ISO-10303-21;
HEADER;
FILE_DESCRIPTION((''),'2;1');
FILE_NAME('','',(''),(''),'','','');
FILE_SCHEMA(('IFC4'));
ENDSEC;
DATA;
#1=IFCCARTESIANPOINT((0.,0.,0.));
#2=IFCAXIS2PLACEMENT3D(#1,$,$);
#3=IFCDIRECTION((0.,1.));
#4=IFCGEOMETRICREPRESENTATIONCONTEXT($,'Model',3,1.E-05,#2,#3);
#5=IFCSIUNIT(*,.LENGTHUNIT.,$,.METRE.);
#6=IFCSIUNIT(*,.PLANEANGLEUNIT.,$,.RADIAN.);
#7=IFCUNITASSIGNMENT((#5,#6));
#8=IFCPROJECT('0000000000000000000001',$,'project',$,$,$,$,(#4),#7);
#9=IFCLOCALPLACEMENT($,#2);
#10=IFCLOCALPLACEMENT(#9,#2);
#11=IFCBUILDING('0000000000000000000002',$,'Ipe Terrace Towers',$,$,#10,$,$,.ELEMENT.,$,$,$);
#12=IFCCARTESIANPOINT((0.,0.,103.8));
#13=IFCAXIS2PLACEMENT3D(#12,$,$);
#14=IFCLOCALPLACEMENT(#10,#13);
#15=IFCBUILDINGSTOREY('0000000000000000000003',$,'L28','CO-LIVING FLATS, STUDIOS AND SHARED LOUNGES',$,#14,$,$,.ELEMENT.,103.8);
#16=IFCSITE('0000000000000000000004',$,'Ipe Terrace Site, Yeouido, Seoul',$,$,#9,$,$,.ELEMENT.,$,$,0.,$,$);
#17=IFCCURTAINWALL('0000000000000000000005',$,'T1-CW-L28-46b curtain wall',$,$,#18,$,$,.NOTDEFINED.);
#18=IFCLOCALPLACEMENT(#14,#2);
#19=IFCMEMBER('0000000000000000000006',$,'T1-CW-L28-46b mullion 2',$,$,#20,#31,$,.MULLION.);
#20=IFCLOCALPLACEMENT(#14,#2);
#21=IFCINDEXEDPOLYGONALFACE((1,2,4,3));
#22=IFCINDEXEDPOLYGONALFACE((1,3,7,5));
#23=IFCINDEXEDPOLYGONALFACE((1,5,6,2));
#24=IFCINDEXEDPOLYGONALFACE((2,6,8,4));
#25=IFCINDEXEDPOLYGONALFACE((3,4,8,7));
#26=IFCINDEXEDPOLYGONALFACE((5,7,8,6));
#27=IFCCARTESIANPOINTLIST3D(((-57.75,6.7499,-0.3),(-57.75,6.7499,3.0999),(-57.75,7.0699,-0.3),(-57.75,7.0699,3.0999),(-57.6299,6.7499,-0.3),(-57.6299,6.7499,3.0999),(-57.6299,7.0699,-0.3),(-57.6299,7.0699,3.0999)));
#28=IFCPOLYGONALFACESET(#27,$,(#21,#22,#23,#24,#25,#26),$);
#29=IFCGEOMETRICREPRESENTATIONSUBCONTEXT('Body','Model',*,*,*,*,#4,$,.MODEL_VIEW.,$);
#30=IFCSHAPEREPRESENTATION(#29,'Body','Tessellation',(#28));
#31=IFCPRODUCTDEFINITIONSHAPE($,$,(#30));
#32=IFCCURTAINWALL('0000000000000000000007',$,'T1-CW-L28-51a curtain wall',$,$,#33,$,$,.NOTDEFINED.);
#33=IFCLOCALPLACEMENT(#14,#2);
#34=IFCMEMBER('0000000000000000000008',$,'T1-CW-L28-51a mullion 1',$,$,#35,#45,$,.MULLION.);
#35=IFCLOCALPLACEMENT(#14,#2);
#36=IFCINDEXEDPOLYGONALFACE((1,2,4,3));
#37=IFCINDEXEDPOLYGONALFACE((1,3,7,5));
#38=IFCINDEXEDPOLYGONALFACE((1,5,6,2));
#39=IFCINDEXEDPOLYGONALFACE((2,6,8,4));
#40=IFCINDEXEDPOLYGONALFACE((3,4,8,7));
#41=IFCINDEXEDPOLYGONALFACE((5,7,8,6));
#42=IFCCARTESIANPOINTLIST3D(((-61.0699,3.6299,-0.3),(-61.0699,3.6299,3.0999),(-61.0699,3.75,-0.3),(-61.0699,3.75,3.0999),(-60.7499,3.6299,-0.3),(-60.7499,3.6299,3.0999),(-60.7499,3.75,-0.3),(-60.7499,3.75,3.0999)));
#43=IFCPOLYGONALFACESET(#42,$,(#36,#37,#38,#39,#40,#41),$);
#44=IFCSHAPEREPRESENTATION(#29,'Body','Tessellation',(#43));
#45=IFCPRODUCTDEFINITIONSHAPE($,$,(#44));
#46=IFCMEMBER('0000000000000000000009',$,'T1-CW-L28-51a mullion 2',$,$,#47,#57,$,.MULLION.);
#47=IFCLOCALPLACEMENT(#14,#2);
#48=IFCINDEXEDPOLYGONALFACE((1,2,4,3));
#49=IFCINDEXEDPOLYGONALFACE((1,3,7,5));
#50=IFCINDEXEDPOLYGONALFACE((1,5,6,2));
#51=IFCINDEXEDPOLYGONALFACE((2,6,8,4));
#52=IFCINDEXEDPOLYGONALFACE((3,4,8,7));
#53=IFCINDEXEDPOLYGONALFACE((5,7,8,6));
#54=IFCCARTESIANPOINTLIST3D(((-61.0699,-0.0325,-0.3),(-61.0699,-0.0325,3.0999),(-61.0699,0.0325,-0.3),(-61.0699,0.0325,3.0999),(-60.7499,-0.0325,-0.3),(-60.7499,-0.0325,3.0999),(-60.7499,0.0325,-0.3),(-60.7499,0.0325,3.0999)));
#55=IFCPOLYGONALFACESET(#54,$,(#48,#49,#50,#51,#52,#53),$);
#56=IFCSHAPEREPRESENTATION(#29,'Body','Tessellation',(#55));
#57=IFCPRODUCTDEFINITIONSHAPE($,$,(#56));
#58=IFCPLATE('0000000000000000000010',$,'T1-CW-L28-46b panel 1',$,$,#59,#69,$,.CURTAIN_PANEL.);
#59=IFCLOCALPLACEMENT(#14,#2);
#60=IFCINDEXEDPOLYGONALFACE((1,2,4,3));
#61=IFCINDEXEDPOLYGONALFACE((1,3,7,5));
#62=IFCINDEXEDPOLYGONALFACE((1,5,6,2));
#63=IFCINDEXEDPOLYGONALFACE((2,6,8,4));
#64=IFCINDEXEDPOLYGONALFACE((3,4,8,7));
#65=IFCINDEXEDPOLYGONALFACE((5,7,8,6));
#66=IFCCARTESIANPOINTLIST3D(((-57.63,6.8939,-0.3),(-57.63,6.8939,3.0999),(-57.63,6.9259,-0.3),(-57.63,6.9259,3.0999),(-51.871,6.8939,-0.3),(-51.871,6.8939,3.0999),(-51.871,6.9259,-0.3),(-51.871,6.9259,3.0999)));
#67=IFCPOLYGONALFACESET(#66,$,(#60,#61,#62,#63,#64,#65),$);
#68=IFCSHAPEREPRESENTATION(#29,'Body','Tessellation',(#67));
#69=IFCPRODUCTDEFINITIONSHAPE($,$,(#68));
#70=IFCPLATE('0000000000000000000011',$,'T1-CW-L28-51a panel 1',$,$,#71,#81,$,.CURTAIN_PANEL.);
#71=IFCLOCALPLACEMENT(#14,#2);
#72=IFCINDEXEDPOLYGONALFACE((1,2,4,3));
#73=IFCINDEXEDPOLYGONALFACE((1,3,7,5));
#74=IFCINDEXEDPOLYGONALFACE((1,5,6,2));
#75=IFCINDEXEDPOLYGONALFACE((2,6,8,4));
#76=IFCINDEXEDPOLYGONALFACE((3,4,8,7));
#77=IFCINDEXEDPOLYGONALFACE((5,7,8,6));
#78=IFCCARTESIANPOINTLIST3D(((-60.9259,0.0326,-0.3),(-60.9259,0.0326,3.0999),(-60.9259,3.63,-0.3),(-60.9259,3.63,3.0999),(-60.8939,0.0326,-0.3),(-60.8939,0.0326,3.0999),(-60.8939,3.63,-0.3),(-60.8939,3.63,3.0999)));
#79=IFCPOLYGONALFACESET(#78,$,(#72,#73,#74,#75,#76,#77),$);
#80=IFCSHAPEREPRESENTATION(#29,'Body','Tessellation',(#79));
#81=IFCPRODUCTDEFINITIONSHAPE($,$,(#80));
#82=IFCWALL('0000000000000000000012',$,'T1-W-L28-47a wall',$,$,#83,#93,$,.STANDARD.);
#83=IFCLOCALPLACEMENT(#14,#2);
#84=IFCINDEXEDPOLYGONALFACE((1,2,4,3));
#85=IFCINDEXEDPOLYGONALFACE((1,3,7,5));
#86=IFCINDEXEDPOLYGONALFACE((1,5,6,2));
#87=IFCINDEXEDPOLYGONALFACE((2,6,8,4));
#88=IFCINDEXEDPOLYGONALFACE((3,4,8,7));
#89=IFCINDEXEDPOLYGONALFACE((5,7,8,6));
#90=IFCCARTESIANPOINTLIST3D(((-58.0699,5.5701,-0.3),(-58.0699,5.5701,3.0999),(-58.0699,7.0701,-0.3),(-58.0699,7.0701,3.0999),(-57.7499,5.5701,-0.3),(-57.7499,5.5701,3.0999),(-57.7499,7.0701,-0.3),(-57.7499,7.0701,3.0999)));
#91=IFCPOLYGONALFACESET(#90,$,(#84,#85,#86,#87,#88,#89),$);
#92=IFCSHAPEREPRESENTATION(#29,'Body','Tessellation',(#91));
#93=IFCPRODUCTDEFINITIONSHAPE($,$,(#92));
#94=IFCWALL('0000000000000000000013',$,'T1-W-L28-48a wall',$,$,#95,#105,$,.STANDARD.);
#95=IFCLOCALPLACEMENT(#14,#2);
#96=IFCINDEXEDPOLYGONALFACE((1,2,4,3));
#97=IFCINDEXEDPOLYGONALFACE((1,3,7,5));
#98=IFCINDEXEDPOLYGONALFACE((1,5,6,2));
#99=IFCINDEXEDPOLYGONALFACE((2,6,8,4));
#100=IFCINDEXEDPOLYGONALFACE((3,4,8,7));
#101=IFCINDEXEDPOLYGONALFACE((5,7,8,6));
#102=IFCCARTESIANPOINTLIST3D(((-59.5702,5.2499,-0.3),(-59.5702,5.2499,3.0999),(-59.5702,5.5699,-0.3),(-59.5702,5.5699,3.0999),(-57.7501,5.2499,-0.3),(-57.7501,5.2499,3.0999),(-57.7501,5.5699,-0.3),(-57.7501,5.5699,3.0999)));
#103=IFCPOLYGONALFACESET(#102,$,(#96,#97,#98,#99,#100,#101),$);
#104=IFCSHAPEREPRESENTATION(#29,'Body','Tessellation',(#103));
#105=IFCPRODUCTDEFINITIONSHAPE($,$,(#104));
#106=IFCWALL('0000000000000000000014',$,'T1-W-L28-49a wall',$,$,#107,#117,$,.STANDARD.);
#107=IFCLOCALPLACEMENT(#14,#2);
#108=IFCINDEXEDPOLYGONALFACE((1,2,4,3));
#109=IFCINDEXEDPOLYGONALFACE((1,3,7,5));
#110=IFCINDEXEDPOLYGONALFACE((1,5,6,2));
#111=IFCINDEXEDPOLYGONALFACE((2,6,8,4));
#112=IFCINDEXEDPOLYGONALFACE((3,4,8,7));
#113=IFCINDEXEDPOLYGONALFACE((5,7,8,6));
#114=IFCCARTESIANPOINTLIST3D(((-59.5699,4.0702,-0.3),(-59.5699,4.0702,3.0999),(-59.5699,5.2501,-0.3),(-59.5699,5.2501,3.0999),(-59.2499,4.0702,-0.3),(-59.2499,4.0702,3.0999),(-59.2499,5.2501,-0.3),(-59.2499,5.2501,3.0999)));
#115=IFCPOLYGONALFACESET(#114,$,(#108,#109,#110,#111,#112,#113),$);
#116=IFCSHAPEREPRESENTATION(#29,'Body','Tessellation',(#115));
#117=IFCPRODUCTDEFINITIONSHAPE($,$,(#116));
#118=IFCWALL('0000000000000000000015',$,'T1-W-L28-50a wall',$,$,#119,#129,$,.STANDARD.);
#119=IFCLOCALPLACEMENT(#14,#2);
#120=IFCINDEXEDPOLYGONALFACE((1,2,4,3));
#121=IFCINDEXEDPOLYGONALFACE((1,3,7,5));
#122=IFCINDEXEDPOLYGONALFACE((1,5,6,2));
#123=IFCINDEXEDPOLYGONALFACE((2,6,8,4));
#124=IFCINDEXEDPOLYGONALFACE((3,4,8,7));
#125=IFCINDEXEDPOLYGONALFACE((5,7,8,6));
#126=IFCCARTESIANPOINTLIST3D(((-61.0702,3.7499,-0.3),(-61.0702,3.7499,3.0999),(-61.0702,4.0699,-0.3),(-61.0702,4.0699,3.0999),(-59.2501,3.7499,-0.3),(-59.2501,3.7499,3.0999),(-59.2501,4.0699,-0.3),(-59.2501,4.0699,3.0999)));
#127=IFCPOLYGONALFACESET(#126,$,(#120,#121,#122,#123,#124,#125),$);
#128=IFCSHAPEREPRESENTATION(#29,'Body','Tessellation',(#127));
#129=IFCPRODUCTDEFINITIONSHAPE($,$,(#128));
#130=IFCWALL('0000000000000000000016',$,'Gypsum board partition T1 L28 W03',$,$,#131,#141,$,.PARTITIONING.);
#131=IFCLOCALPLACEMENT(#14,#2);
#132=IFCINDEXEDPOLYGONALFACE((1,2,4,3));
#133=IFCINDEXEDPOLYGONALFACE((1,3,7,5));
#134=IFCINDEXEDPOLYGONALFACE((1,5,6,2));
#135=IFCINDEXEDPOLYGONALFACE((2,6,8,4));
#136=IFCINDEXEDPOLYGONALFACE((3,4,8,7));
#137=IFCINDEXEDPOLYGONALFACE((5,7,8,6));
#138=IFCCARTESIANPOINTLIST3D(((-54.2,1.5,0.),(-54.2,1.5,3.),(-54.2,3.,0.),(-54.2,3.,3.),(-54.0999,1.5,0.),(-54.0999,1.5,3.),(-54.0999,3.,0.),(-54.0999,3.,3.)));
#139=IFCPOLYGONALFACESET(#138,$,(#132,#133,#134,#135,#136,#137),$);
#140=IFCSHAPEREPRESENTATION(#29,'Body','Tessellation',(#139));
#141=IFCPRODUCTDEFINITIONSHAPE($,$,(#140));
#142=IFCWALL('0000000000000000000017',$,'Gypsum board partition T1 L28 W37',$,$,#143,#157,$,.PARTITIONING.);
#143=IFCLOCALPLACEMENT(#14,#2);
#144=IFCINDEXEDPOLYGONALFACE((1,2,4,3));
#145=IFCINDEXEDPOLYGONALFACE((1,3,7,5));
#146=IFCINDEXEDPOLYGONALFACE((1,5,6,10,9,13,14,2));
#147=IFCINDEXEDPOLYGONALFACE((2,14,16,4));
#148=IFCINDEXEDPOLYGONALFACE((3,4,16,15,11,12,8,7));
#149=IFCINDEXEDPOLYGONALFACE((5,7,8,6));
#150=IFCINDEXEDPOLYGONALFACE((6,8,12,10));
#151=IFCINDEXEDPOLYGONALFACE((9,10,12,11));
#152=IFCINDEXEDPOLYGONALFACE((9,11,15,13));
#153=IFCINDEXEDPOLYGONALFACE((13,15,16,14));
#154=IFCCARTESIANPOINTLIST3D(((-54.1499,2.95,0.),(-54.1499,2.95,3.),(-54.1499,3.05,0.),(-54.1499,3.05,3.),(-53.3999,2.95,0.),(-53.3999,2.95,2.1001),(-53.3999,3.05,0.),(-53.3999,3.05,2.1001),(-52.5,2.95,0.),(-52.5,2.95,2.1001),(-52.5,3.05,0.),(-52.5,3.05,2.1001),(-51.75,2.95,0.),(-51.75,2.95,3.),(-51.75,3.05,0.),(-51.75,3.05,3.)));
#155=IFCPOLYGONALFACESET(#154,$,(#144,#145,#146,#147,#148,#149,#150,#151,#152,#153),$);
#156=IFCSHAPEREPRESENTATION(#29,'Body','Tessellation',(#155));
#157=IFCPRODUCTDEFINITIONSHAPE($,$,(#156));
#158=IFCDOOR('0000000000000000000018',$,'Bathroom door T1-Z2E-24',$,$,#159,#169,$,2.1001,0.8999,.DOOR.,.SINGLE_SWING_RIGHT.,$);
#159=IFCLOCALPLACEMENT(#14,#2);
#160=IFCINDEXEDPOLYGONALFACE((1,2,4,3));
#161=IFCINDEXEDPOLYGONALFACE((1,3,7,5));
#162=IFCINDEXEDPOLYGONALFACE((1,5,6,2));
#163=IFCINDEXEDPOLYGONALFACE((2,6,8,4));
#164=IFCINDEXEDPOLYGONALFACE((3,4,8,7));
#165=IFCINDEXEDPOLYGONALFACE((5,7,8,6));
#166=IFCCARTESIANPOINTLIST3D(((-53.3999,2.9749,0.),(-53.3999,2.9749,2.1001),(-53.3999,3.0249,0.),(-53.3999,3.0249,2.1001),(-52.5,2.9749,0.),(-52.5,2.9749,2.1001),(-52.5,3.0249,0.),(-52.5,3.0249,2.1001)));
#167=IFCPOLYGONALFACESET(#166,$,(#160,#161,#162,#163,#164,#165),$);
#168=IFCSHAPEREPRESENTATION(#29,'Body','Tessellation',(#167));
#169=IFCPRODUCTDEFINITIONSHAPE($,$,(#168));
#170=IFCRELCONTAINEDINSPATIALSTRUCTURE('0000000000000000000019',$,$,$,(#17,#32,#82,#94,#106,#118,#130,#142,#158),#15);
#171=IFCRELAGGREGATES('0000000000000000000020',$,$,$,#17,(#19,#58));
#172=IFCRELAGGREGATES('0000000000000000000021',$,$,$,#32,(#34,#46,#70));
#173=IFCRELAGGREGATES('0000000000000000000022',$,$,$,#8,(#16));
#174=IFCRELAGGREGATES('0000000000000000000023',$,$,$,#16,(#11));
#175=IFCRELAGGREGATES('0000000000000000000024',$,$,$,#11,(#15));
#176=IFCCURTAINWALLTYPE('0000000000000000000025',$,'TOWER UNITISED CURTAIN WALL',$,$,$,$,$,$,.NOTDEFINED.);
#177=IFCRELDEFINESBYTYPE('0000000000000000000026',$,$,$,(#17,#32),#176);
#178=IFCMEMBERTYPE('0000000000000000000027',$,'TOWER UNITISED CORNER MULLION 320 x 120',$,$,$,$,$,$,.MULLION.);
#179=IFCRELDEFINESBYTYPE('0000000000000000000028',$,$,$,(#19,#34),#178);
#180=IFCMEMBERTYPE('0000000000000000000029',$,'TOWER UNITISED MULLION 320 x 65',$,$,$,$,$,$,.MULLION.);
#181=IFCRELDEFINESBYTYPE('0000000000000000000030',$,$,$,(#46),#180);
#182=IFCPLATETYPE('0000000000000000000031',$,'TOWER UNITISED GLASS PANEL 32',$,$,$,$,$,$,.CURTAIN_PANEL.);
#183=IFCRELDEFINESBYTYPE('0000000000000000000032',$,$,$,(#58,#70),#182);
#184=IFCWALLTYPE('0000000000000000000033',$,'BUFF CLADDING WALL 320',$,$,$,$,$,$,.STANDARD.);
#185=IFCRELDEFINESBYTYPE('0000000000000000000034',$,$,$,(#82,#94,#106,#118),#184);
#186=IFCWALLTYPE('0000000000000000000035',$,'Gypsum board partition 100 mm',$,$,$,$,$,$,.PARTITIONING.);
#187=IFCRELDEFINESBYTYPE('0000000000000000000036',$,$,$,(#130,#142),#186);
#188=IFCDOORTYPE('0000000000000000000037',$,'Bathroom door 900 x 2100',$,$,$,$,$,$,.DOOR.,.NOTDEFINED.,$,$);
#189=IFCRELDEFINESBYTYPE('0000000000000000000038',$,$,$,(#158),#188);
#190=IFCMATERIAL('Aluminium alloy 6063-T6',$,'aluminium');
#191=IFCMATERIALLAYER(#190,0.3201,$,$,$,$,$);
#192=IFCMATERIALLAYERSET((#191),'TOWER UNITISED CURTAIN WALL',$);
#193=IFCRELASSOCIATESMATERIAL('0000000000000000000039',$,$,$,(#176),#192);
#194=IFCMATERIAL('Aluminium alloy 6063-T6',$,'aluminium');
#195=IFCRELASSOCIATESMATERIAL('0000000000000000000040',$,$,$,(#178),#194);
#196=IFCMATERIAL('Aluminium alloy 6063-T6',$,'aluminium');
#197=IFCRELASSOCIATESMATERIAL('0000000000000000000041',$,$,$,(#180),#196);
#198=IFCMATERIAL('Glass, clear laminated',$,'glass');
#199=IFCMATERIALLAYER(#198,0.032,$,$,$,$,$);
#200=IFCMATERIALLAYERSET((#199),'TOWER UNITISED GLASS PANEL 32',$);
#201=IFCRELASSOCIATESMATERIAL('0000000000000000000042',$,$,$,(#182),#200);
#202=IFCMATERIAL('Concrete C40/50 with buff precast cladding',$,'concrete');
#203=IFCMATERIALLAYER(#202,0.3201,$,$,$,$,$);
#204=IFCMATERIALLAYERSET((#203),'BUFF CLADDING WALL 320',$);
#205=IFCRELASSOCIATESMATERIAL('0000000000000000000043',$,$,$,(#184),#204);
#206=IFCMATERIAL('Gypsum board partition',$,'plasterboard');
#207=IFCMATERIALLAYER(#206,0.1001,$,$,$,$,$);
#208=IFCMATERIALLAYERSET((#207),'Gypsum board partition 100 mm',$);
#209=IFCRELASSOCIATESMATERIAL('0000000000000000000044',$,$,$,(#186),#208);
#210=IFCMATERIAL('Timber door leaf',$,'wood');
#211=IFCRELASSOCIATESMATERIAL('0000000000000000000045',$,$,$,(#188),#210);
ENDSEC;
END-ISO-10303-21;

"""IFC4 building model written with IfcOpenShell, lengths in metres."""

from ifc_helpers import new_model, si_unit, direction, frame, frame_2d, origin, origin_2d, place, context, subcontext, project, spatial, rectangle, extrude, material, layer, layer_set, material_profile, profile_set, type_object, element, fill, aggregate, save


model = new_model("IFC4")

# Units and contexts
model_context = context("Model", 3, precision=1e-05, world=origin(), true_north=direction((0.0, 1.0)))
body_context = subcontext(model_context, "Body", "Model", "MODEL_VIEW")
ifc_project = project(units=[si_unit("LENGTHUNIT", "METRE"), si_unit("PLANEANGLEUNIT", "RADIAN")], contexts=[model_context])

# Site, building, storey
site_placement = place(None, origin())
site = spatial("IfcSite", under=ifc_project, at=site_placement, Name="Ipe Terrace Site, Yeouido, Seoul", CompositionType="ELEMENT", RefElevation=0.0)
building_placement = place(site_placement, origin())
building = spatial("IfcBuilding", under=site, at=building_placement, Name="Ipe Terrace Towers", CompositionType="ELEMENT")
storey_placement = place(building_placement, frame((0.0, 0.0, 103.8)))
storey = spatial("IfcBuildingStorey", under=building, at=storey_placement, Name="L28", Description="CO-LIVING FLATS, STUDIOS AND SHARED LOUNGES", CompositionType="ELEMENT", Elevation=103.8)

# Curtain walls, members
ifc_material_1 = material(Name="Aluminium alloy 6063-T6", Category="aluminium")
ifc_layer_1 = layer(ifc_material_1, 0.3201)
ifc_layer_set_1 = layer_set([ifc_layer_1], Name="TOWER UNITISED CURTAIN WALL")
curtain_wall_type = type_object("IfcCurtainWallType", Name="TOWER UNITISED CURTAIN WALL", PredefinedType="NOTDEFINED", material=ifc_layer_set_1)
curtain_wall_1_placement = place(storey_placement, origin())
curtain_wall_1 = element("IfcCurtainWall", 1, at=curtain_wall_1_placement, inside=storey, type_object=curtain_wall_type, Name="T1-CW-L28-46b curtain wall", PredefinedType="NOTDEFINED")
ifc_material_2 = material(Name="Aluminium alloy 6063-T6", Category="aluminium")
ifc_material_profile_1 = material_profile(ifc_material_2, rectangle(XDim=0.3201, YDim=0.1201, at=origin_2d()), Name="TOWER UNITISED CORNER MULLION 320 x 120")
ifc_profile_set_1 = profile_set([ifc_material_profile_1], Name="Aluminium alloy 6063-T6")
member_type_1 = type_object("IfcMemberType", Name="TOWER UNITISED CORNER MULLION 320 x 120", PredefinedType="MULLION", material=ifc_profile_set_1)
member_1_placement = place(storey_placement, frame((-57.6899, 6.9099, -0.3), z_axis=(0.0, 0.0, 1.0), x_axis=(0.0, 1.0, 0.0)))
member_1 = element("IfcMember", 2, at=member_1_placement, type_object=member_type_1, Name="T1-CW-L28-46b mullion 2", PredefinedType="MULLION", context=body_context, shape_type="SweptSolid", body=[
    extrude(rectangle(XDim=0.3201, YDim=0.1201, at=origin_2d()), origin(), (0.0, 0.0, 1.0), 3.3999),
])
curtain_wall_2_placement = place(storey_placement, origin())
curtain_wall_2 = element("IfcCurtainWall", 3, at=curtain_wall_2_placement, inside=storey, type_object=curtain_wall_type, Name="T1-CW-L28-51a curtain wall", PredefinedType="NOTDEFINED")
member_2_placement = place(storey_placement, frame((-60.9099, 3.6899, -0.3), z_axis=(0.0, 0.0, 1.0), x_axis=(-1.0, 0.0, 0.0)))
member_2 = element("IfcMember", 4, at=member_2_placement, type_object=member_type_1, Name="T1-CW-L28-51a mullion 1", PredefinedType="MULLION", context=body_context, shape_type="SweptSolid", body=[
    extrude(rectangle(XDim=0.3201, YDim=0.1201, at=origin_2d()), origin(), (0.0, 0.0, 1.0), 3.3999),
])
ifc_material_3 = material(Name="Aluminium alloy 6063-T6", Category="aluminium")
ifc_material_profile_2 = material_profile(ifc_material_3, rectangle(XDim=0.3201, YDim=0.0649, at=origin_2d()), Name="TOWER UNITISED MULLION 320 x 65")
ifc_profile_set_2 = profile_set([ifc_material_profile_2], Name="Aluminium alloy 6063-T6")
member_type_2 = type_object("IfcMemberType", Name="TOWER UNITISED MULLION 320 x 65", PredefinedType="MULLION", material=ifc_profile_set_2)
member_3_placement = place(storey_placement, frame((-60.9099, 0.0, -0.3), z_axis=(0.0, 0.0, 1.0), x_axis=(-1.0, 0.0, 0.0)))
member_3 = element("IfcMember", 5, at=member_3_placement, type_object=member_type_2, Name="T1-CW-L28-51a mullion 2", PredefinedType="MULLION", context=body_context, shape_type="SweptSolid", body=[
    extrude(rectangle(XDim=0.3201, YDim=0.0649, at=origin_2d()), origin(), (0.0, 0.0, 1.0), 3.3999),
])

# Plates
ifc_material_4 = material(Name="Glass, clear laminated", Category="glass")
ifc_layer_2 = layer(ifc_material_4, 0.032)
ifc_layer_set_2 = layer_set([ifc_layer_2], Name="TOWER UNITISED GLASS PANEL 32")
plate_type = type_object("IfcPlateType", Name="TOWER UNITISED GLASS PANEL 32", PredefinedType="CURTAIN_PANEL", material=ifc_layer_set_2)
plate_1_placement = place(storey_placement, frame((-54.7505, 6.9099, -0.3), z_axis=(0.0, 0.0, 1.0), x_axis=(-1.0, 0.0, 0.0)))
plate_1 = element("IfcPlate", 6, at=plate_1_placement, type_object=plate_type, Name="T1-CW-L28-46b panel 1", PredefinedType="CURTAIN_PANEL", context=body_context, shape_type="SweptSolid", body=[
    extrude(rectangle(XDim=5.759, YDim=0.032, at=origin_2d()), origin(), (0.0, 0.0, 1.0), 3.3999),
])
aggregate(curtain_wall_1, [member_1, plate_1])
plate_2_placement = place(storey_placement, frame((-60.9099, 1.8313, -0.3), z_axis=(0.0, 0.0, 1.0), x_axis=(0.0, -1.0, 0.0)))
plate_2 = element("IfcPlate", 7, at=plate_2_placement, type_object=plate_type, Name="T1-CW-L28-51a panel 1", PredefinedType="CURTAIN_PANEL", context=body_context, shape_type="SweptSolid", body=[
    extrude(rectangle(XDim=3.5974, YDim=0.032, at=origin_2d()), origin(), (0.0, 0.0, 1.0), 3.3999),
])
aggregate(curtain_wall_2, [member_2, member_3, plate_2])

# Walls
ifc_material_5 = material(Name="Concrete C40/50 with buff precast cladding", Category="concrete")
ifc_layer_3 = layer(ifc_material_5, 0.3201)
ifc_layer_set_3 = layer_set([ifc_layer_3], Name="BUFF CLADDING WALL 320")
wall_type_1 = type_object("IfcWallType", Name="BUFF CLADDING WALL 320", PredefinedType="STANDARD", material=ifc_layer_set_3)
wall_1_placement = place(storey_placement, frame((-57.9099, 7.0701, -0.3), z_axis=(0.0, 0.0, 1.0), x_axis=(0.0, -1.0, 0.0)))
element("IfcWall", 8, at=wall_1_placement, inside=storey, type_object=wall_type_1, Name="T1-W-L28-47a wall", PredefinedType="STANDARD", context=body_context, shape_type="SweptSolid", body=[
    extrude(rectangle(XDim=1.5, YDim=0.3201, at=frame_2d((0.75, 0.0))), origin(), (0.0, 0.0, 1.0), 3.3999),
])
wall_2_placement = place(storey_placement, frame((-57.75, 5.4099, -0.3), z_axis=(0.0, 0.0, 1.0), x_axis=(-1.0, 0.0, 0.0)))
element("IfcWall", 9, at=wall_2_placement, inside=storey, type_object=wall_type_1, Name="T1-W-L28-48a wall", PredefinedType="STANDARD", context=body_context, shape_type="SweptSolid", body=[
    extrude(rectangle(XDim=1.8201, YDim=0.3201, at=frame_2d((0.9102, 0.0))), origin(), (0.0, 0.0, 1.0), 3.3999),
])
wall_3_placement = place(storey_placement, frame((-59.4099, 5.25, -0.3), z_axis=(0.0, 0.0, 1.0), x_axis=(0.0, -1.0, 0.0)))
element("IfcWall", 10, at=wall_3_placement, inside=storey, type_object=wall_type_1, Name="T1-W-L28-49a wall", PredefinedType="STANDARD", context=body_context, shape_type="SweptSolid", body=[
    extrude(rectangle(XDim=1.1799, YDim=0.3201, at=frame_2d((0.5898, 0.0))), origin(), (0.0, 0.0, 1.0), 3.3999),
])
wall_4_placement = place(storey_placement, frame((-59.25, 3.9099, -0.3), z_axis=(0.0, 0.0, 1.0), x_axis=(-1.0, 0.0, 0.0)))
element("IfcWall", 11, at=wall_4_placement, inside=storey, type_object=wall_type_1, Name="T1-W-L28-50a wall", PredefinedType="STANDARD", context=body_context, shape_type="SweptSolid", body=[
    extrude(rectangle(XDim=1.8201, YDim=0.3201, at=frame_2d((0.9102, 0.0))), origin(), (0.0, 0.0, 1.0), 3.3999),
])
ifc_material_6 = material(Name="Gypsum board partition", Category="plasterboard")
ifc_layer_4 = layer(ifc_material_6, 0.1001)
ifc_layer_set_4 = layer_set([ifc_layer_4], Name="Gypsum board partition 100 mm")
wall_type_2 = type_object("IfcWallType", Name="Gypsum board partition 100 mm", PredefinedType="PARTITIONING", material=ifc_layer_set_4)
wall_5_placement = place(storey_placement, frame((-54.1499, 1.5, 0.0), z_axis=(0.0, 0.0, 1.0), x_axis=(0.0, 1.0, 0.0)))
element("IfcWall", 12, at=wall_5_placement, inside=storey, type_object=wall_type_2, Name="Gypsum board partition T1 L28 W03", PredefinedType="PARTITIONING", context=body_context, shape_type="SweptSolid", body=[
    extrude(rectangle(XDim=1.5, YDim=0.1001, at=frame_2d((0.75, 0.0))), origin(), (0.0, 0.0, 1.0), 3.0),
])

# Wall, opening, door
wall_6_placement = place(storey_placement, frame((-54.1499, 3.0, 0.0), z_axis=(0.0, 0.0, 1.0), x_axis=(1.0, 0.0, 0.0)))
wall_6 = element("IfcWall", 13, at=wall_6_placement, inside=storey, type_object=wall_type_2, Name="Gypsum board partition T1 L28 W37", PredefinedType="PARTITIONING", context=body_context, shape_type="SweptSolid", body=[
    extrude(rectangle(XDim=2.3999, YDim=0.1001, at=frame_2d((1.2, 0.0))), origin(), (0.0, 0.0, 1.0), 3.0),
])
opening_1_placement = place(wall_6_placement, frame((0.75, 0.0, 0.0)))
opening_1 = element("IfcOpeningElement", 14, at=opening_1_placement, cuts=wall_6, PredefinedType="OPENING", context=body_context, shape_type="SweptSolid", body=[
    extrude(rectangle(XDim=0.8999, YDim=2.1001, at=frame_2d((0.45, 1.05))), frame((0.0, 0.0601, 0.0), z_axis=(0.0, -1.0, 0.0), x_axis=(1.0, 0.0, 0.0)), (0.0, 0.0, 1.0), 0.1201),
])
ifc_material_7 = material(Name="Timber door leaf", Category="wood")
door_type_1 = type_object("IfcDoorType", Name="Bathroom door 900 x 2100", OperationType="NOTDEFINED", PredefinedType="DOOR", material=ifc_material_7)
door_1_placement = place(opening_1_placement, origin())
door_1 = element("IfcDoor", 15, at=door_1_placement, inside=storey, type_object=door_type_1, Name="Bathroom door T1-Z2E-24", OperationType="SINGLE_SWING_RIGHT", OverallHeight=2.1001, OverallWidth=0.8999, PredefinedType="DOOR", context=body_context, shape_type="SweptSolid", body=[
    extrude(rectangle(XDim=0.8999, YDim=2.1001, at=frame_2d((0.45, 1.05))), frame((0.0, 0.0249, 0.0), z_axis=(0.0, -1.0, 0.0), x_axis=(1.0, 0.0, 0.0)), (0.0, 0.0, 1.0), 0.05),
])
fill(opening_1, door_1)

save(model, "model.ifc")
